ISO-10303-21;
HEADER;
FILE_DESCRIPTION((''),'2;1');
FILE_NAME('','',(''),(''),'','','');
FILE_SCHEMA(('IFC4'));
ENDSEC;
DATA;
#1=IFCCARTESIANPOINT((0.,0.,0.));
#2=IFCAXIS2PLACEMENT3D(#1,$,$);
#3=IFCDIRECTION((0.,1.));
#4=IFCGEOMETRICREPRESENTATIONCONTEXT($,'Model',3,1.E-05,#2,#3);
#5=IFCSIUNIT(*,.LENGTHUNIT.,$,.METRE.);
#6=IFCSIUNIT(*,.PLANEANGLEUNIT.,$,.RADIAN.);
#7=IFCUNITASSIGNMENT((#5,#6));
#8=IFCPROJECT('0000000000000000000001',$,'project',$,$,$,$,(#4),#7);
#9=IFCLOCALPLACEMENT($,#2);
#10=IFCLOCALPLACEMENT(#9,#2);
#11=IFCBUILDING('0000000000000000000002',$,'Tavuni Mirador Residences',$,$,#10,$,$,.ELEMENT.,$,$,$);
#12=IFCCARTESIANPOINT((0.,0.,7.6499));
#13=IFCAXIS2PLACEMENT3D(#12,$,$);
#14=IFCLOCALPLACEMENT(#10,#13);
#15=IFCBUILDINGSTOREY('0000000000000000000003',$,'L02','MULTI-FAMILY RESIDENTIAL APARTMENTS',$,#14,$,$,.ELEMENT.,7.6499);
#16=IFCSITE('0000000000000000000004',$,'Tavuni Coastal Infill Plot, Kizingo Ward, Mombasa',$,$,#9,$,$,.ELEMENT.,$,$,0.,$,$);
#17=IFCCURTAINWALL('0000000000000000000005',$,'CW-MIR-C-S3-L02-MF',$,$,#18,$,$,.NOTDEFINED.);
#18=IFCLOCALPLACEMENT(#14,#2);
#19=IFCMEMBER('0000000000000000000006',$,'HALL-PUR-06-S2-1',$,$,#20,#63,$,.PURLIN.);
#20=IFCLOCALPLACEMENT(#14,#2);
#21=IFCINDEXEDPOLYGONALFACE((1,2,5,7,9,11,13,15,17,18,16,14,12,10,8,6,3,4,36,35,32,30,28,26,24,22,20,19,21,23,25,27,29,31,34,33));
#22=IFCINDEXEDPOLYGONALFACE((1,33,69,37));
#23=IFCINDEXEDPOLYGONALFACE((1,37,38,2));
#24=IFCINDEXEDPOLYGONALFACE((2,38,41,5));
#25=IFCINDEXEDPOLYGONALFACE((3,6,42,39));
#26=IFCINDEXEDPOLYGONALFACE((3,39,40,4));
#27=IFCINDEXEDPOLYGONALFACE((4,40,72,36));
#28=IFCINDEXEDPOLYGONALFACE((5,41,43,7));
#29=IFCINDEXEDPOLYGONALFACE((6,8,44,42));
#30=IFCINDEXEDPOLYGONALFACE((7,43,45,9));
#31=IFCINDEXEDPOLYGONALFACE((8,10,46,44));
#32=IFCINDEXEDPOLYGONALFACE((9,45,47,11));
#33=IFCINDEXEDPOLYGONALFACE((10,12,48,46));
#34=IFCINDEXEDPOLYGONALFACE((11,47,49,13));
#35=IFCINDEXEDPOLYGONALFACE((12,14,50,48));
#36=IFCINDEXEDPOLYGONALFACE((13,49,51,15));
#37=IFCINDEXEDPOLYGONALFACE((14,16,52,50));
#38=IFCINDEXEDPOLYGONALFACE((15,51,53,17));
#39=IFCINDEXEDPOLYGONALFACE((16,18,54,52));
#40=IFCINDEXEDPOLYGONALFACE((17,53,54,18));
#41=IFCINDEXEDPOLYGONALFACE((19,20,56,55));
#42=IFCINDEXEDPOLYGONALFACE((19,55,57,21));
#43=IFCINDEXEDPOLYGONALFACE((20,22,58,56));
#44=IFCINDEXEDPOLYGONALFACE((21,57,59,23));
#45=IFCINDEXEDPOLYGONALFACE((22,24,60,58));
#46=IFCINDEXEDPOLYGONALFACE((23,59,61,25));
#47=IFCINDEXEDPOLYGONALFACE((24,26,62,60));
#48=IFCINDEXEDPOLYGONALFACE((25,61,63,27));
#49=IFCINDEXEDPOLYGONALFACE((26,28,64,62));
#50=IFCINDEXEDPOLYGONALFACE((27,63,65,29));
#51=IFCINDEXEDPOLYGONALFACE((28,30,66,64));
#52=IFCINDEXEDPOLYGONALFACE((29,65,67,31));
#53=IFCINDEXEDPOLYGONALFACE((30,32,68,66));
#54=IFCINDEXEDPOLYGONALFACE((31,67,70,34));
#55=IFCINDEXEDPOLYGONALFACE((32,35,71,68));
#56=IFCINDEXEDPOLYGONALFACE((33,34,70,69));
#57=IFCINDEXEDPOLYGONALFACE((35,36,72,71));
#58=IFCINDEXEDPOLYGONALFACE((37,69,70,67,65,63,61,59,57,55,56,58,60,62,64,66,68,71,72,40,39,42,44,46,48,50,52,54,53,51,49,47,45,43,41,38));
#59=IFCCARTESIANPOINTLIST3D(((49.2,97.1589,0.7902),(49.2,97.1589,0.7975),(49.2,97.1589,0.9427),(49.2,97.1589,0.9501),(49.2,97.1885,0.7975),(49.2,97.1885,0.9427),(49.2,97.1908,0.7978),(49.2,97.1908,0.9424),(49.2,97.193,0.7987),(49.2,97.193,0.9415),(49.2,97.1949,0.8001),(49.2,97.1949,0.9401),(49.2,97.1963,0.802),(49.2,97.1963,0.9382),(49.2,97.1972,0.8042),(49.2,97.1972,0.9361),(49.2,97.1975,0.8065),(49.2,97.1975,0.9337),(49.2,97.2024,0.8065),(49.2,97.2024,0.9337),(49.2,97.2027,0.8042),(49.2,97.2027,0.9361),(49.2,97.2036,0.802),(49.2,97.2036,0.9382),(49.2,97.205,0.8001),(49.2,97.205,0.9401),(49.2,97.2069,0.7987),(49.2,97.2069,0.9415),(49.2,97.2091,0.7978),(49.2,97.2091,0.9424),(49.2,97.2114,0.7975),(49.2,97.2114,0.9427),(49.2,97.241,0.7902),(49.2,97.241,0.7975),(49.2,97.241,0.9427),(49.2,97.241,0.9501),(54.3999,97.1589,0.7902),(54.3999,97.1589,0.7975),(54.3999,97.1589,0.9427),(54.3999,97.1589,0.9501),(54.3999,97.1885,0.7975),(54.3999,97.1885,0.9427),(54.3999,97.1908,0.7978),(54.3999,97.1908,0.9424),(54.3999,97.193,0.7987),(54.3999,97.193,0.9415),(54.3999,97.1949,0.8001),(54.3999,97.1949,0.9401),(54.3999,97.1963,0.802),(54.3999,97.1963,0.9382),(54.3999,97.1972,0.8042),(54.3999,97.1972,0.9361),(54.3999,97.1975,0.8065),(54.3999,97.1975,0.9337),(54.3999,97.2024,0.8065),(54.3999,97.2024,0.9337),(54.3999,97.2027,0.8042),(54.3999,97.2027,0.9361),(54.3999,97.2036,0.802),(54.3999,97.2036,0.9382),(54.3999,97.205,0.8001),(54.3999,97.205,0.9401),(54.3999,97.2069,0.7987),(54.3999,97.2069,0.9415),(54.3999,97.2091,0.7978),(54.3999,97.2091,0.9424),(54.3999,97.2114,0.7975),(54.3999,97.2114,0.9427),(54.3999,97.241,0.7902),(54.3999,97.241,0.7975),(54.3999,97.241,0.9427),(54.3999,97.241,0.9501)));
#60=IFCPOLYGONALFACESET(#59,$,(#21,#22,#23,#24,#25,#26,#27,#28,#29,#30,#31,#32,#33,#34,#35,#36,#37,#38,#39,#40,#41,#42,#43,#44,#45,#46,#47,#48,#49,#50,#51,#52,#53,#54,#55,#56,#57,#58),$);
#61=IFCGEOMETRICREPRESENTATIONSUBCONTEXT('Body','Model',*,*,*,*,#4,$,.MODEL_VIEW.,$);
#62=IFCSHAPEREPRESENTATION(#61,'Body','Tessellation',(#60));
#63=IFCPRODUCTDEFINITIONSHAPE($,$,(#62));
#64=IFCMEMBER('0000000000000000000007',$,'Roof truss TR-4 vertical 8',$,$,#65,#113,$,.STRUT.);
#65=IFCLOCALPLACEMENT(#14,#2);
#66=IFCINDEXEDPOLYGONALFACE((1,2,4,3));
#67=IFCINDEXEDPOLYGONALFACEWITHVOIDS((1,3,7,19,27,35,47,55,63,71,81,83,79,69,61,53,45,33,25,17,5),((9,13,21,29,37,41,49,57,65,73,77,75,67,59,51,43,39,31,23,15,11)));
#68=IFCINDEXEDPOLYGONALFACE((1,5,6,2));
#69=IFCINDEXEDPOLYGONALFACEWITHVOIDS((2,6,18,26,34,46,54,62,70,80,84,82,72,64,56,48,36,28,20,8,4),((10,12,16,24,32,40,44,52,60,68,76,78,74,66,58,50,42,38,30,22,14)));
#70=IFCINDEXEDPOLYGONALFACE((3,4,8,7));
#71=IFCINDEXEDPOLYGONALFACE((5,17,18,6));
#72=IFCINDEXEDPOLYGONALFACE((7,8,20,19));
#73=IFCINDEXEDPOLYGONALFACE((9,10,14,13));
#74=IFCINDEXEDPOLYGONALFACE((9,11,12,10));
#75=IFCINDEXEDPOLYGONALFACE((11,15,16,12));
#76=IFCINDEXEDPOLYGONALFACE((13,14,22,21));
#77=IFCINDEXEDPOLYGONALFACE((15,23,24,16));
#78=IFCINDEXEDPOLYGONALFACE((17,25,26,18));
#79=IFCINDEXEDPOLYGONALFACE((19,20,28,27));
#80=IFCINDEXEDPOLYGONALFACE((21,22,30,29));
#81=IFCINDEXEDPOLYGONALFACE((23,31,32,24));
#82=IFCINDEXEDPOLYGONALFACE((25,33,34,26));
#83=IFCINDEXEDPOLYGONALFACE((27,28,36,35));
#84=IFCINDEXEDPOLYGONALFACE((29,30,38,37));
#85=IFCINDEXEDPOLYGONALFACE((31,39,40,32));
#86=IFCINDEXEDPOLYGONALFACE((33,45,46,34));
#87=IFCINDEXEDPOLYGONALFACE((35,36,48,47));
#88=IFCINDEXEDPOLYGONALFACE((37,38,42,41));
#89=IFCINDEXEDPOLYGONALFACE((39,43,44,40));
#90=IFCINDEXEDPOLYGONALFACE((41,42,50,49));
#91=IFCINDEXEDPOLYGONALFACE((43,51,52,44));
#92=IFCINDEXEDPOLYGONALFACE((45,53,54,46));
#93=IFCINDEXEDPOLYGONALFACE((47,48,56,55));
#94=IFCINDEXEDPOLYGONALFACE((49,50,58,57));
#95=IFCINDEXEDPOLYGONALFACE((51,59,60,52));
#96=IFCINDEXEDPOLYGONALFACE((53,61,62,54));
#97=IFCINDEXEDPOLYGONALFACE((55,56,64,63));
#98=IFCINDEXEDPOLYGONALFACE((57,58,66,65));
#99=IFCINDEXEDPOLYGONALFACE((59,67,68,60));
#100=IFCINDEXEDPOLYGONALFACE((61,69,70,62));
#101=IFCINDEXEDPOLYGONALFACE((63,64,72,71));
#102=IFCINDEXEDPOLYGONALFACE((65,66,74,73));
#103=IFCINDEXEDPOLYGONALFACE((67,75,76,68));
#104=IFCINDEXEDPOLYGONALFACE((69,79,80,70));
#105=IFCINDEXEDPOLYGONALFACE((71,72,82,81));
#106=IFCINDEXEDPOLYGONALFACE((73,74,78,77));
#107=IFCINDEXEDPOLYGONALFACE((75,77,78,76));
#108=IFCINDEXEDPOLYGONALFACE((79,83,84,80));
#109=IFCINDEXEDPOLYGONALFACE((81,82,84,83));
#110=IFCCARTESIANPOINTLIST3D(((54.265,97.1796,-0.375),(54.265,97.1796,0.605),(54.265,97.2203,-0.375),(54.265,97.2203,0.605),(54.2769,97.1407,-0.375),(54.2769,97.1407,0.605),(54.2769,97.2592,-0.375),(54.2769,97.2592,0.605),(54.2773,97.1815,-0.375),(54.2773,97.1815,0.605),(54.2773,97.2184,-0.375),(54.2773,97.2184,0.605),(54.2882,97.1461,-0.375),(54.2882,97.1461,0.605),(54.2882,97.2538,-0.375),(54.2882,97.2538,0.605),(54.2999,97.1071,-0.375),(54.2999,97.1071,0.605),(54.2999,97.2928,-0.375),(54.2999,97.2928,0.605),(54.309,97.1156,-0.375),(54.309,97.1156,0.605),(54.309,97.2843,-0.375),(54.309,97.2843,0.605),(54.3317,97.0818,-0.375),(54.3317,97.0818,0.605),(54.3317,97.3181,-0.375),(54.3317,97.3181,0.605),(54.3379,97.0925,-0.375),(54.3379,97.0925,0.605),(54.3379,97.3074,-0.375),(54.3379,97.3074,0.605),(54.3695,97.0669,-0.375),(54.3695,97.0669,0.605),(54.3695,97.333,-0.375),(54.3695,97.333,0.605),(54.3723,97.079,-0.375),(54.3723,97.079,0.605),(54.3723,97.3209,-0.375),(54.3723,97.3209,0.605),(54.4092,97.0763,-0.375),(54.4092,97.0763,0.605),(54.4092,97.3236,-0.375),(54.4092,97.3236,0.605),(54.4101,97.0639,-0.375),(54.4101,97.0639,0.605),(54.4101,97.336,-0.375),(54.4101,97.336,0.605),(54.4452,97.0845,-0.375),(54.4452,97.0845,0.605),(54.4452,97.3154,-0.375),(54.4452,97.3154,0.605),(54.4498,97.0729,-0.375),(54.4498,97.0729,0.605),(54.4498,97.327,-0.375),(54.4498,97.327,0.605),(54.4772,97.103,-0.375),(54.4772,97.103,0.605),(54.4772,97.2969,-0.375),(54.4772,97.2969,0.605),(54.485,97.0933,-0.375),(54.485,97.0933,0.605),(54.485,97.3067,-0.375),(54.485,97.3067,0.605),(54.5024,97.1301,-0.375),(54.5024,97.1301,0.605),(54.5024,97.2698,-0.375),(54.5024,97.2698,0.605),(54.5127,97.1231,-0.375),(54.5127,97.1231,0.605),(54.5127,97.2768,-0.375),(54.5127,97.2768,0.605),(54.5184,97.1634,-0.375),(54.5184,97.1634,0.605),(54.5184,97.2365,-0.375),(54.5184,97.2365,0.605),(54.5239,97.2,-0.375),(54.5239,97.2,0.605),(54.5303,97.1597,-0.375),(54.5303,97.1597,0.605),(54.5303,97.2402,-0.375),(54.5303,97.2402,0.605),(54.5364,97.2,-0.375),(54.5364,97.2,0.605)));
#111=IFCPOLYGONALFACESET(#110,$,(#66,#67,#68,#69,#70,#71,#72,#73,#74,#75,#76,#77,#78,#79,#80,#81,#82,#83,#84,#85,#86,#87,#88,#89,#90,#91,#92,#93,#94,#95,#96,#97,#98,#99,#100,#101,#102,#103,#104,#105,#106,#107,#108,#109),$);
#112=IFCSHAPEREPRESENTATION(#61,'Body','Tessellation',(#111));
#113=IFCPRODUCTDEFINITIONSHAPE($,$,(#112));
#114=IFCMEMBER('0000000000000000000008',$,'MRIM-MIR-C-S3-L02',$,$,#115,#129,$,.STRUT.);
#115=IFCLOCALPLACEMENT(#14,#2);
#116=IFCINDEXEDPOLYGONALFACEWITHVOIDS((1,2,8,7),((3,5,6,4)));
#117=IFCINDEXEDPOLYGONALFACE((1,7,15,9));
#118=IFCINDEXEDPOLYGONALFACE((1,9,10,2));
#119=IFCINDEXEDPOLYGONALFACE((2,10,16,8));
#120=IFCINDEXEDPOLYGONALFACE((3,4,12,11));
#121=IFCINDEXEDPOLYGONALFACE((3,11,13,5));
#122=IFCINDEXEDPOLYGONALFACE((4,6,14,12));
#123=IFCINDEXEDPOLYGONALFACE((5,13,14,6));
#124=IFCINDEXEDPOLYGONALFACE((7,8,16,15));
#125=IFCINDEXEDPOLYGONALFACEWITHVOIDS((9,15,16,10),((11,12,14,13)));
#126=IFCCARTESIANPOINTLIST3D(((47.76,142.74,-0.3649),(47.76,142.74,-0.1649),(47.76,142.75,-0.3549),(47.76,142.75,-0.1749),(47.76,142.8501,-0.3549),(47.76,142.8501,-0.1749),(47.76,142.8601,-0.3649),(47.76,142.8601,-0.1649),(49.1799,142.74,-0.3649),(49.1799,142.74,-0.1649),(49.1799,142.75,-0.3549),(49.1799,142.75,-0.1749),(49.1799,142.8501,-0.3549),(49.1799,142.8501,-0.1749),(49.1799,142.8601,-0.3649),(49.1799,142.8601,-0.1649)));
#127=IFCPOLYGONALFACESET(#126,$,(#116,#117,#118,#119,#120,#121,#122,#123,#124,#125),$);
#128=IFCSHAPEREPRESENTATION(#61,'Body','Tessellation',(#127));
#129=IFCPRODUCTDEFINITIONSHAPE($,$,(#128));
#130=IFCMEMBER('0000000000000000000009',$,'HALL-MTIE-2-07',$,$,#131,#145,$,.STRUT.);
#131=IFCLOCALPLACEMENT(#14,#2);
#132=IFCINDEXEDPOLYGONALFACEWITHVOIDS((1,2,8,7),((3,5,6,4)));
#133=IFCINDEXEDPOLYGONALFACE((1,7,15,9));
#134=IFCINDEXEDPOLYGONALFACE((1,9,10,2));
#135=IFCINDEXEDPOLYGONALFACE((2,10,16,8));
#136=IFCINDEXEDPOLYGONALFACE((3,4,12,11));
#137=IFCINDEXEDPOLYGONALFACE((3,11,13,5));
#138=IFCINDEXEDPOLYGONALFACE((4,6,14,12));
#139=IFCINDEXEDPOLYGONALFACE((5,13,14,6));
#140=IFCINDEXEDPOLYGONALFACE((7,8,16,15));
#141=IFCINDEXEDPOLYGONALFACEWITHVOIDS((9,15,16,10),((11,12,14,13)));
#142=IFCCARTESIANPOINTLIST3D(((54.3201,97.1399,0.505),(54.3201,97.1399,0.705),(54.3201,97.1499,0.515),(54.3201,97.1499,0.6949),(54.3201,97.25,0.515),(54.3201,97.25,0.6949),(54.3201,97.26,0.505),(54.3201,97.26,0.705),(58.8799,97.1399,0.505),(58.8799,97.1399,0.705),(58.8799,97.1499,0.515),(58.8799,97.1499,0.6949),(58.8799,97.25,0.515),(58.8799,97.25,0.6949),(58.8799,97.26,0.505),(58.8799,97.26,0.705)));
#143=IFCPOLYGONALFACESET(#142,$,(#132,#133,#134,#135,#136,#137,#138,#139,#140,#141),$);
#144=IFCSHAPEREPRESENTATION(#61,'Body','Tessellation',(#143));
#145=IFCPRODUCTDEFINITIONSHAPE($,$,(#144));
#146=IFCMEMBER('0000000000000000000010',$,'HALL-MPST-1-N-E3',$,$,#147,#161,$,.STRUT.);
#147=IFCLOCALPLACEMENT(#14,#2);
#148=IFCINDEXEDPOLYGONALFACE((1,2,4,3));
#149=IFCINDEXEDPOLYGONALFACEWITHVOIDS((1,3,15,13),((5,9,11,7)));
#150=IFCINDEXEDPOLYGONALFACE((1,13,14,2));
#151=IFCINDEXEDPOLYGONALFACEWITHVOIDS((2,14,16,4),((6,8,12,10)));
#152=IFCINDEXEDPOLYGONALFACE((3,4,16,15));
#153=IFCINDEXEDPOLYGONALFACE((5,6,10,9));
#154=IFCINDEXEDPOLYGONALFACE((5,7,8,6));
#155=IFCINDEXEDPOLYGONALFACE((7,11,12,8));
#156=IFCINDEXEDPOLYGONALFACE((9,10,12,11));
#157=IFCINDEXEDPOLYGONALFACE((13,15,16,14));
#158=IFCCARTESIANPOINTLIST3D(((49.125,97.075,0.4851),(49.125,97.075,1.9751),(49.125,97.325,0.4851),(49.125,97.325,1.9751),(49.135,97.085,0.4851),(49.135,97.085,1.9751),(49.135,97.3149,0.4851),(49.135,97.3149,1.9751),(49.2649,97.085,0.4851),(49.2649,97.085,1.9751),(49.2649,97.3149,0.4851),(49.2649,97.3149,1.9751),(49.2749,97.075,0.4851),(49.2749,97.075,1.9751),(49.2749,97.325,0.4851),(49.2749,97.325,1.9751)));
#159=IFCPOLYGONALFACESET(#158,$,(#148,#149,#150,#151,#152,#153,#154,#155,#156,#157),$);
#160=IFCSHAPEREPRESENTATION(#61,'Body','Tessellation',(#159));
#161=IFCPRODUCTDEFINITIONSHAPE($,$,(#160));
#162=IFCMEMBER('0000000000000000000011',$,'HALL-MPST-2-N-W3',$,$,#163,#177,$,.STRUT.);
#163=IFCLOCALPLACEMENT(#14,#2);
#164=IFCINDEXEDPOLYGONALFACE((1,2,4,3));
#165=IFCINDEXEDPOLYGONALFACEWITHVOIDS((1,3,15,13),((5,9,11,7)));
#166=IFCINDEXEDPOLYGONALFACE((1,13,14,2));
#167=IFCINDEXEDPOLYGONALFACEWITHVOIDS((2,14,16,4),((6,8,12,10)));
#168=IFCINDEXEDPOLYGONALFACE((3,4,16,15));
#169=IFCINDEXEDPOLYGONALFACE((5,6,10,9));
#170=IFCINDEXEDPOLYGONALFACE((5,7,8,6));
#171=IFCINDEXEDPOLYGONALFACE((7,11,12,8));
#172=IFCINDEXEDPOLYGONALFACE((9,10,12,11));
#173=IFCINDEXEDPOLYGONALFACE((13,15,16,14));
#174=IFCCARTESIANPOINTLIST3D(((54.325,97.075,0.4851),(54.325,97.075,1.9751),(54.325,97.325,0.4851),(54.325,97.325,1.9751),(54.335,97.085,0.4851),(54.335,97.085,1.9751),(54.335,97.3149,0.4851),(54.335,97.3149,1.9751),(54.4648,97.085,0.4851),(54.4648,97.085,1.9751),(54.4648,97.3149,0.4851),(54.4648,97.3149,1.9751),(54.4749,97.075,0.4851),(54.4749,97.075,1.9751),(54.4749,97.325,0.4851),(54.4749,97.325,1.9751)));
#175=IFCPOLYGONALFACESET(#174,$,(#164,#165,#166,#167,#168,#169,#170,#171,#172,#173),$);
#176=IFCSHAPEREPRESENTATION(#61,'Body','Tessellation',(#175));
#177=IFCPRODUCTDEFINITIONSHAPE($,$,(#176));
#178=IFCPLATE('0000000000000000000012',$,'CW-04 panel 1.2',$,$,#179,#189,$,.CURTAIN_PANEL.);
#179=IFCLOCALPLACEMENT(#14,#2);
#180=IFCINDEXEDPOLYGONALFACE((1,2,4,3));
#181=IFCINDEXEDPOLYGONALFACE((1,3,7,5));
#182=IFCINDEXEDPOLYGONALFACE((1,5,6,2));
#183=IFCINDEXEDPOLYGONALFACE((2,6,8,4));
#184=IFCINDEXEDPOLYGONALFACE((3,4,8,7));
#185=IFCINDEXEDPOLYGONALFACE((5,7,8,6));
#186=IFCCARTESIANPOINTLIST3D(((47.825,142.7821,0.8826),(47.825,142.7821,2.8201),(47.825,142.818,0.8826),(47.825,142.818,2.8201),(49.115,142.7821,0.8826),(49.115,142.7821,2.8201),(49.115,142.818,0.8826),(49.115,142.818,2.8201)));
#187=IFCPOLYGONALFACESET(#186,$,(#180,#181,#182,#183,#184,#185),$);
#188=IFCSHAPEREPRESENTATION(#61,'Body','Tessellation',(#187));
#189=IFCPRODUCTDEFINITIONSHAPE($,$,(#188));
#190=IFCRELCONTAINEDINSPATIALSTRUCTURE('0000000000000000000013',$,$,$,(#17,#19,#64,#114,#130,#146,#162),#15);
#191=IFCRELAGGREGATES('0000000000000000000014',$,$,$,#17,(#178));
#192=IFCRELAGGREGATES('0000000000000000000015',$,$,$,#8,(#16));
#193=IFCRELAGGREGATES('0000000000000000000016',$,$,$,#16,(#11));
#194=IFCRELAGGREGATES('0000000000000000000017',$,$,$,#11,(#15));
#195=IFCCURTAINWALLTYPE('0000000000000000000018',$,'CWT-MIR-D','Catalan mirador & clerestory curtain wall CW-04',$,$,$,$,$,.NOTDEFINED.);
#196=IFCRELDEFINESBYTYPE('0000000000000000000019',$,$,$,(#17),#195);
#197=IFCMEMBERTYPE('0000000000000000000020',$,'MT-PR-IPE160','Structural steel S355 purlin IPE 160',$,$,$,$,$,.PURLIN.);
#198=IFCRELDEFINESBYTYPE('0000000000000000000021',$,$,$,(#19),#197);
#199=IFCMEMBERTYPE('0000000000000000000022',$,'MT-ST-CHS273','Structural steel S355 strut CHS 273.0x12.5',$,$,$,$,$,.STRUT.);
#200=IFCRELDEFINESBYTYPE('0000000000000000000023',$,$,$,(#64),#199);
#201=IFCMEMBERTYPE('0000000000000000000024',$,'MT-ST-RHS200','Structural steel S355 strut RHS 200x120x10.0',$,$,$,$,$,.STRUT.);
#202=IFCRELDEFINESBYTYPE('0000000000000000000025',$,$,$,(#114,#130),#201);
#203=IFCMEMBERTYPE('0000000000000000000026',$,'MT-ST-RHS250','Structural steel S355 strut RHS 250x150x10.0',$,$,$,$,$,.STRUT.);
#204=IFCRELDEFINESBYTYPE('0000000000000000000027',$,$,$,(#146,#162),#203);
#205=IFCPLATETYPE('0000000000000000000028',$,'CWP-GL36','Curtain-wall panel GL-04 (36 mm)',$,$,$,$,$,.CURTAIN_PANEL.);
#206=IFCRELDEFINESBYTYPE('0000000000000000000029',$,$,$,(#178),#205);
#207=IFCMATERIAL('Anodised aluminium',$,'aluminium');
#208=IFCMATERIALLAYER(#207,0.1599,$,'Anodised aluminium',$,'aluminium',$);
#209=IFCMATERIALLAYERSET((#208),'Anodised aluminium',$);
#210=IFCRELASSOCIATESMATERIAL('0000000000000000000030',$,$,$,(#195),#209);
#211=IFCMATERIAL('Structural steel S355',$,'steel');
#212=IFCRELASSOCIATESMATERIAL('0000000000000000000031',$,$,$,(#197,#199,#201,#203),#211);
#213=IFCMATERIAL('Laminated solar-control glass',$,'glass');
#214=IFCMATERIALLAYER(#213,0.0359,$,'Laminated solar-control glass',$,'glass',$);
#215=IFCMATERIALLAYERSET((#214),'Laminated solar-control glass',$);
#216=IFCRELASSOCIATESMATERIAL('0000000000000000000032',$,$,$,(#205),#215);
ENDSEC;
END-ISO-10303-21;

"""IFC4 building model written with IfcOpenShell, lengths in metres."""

from ifc_helpers import new_model, si_unit, direction, frame, origin, origin_2d, place, context, subcontext, project, spatial, rectangle, hollow_rectangle, hollow_circle, i_section, extrude, material, layer, layer_set, material_profile, profile_set, type_object, element, aggregate, save


model = new_model("IFC4")

# Units and contexts
model_context = context("Model", 3, precision=1e-05, world=origin(), true_north=direction((0.0, 1.0)))
body_context = subcontext(model_context, "Body", "Model", "MODEL_VIEW")
ifc_project = project(units=[si_unit("LENGTHUNIT", "METRE"), si_unit("PLANEANGLEUNIT", "RADIAN")], contexts=[model_context])

# Site, building, storey
site_placement = place(None, origin())
site = spatial("IfcSite", under=ifc_project, at=site_placement, Name="Tavuni Coastal Infill Plot, Kizingo Ward, Mombasa", CompositionType="ELEMENT", RefElevation=0.0)
building_placement = place(site_placement, origin())
building = spatial("IfcBuilding", under=site, at=building_placement, Name="Tavuni Mirador Residences", CompositionType="ELEMENT")
storey_placement = place(building_placement, frame((0.0, 0.0, 7.6499)))
storey = spatial("IfcBuildingStorey", under=building, at=storey_placement, Name="L02", Description="MULTI-FAMILY RESIDENTIAL APARTMENTS", CompositionType="ELEMENT", Elevation=7.6499)

# Shared definitions
ifc_material_1 = material(Name="Structural steel S355", Category="steel")

# Shared definitions
ifc_material_2 = material(Name="Anodised aluminium", Category="aluminium")

# Curtain wall
ifc_layer_1 = layer(ifc_material_2, 0.1599, Name="Anodised aluminium", Category="aluminium")
ifc_layer_set_1 = layer_set([ifc_layer_1], Name="Anodised aluminium")
curtain_wall_type_1 = type_object("IfcCurtainWallType", Name="CWT-MIR-D", Description="Catalan mirador & clerestory curtain wall CW-04", PredefinedType="NOTDEFINED", material=ifc_layer_set_1)
curtain_wall_1_placement = place(storey_placement, origin())
curtain_wall_1 = element("IfcCurtainWall", 1, at=curtain_wall_1_placement, inside=storey, type_object=curtain_wall_type_1, Name="CW-MIR-C-S3-L02-MF", PredefinedType="NOTDEFINED")

# Members
ifc_material_profile_1 = material_profile(ifc_material_1, i_section(OverallWidth=0.082, OverallDepth=0.1599, WebThickness=0.0049, FlangeThickness=0.0073, FilletRadius=0.009, at=origin_2d()), Name="IPE 160", Category="steel")
ifc_profile_set_1 = profile_set([ifc_material_profile_1], Name="Structural steel S355")
member_type_1 = type_object("IfcMemberType", Name="MT-PR-IPE160", Description="Structural steel S355 purlin IPE 160", PredefinedType="PURLIN", material=ifc_profile_set_1)
member_1_placement = place(storey_placement, frame((49.2, 97.2, 0.8701), z_axis=(1.0, 0.0, 0.0), x_axis=(0.0, 1.0, 0.0)))
element("IfcMember", 2, at=member_1_placement, inside=storey, type_object=member_type_1, Name="HALL-PUR-06-S2-1", PredefinedType="PURLIN", context=body_context, shape_type="SweptSolid", body=[
    extrude(i_section(OverallWidth=0.082, OverallDepth=0.1599, WebThickness=0.0049, FlangeThickness=0.0073, FilletRadius=0.009, at=origin_2d()), origin(), (0.0, 0.0, 1.0), 5.2),
])
ifc_material_profile_2 = material_profile(ifc_material_1, hollow_circle(Radius=0.1365, WallThickness=0.0125, at=origin_2d()), Name="CHS 273.0x12.5", Category="steel")
ifc_profile_set_2 = profile_set([ifc_material_profile_2], Name="Structural steel S355")
member_type_2 = type_object("IfcMemberType", Name="MT-ST-CHS273", Description="Structural steel S355 strut CHS 273.0x12.5", PredefinedType="STRUT", material=ifc_profile_set_2)
member_2_placement = place(storey_placement, frame((54.3999, 97.2, -0.375), z_axis=(0.0, 0.0, 1.0), x_axis=(1.0, 0.0, 0.0)))
element("IfcMember", 3, at=member_2_placement, inside=storey, type_object=member_type_2, Name="Roof truss TR-4 vertical 8", PredefinedType="STRUT", context=body_context, shape_type="SweptSolid", body=[
    extrude(hollow_circle(Radius=0.1365, WallThickness=0.0125, at=origin_2d()), origin(), (0.0, 0.0, 1.0), 0.98),
])
ifc_material_profile_3 = material_profile(ifc_material_1, hollow_rectangle(XDim=0.1201, YDim=0.2, WallThickness=0.01, at=origin_2d()), Name="RHS 200x120x10.0", Category="steel")
ifc_profile_set_3 = profile_set([ifc_material_profile_3], Name="Structural steel S355")
member_type_3 = type_object("IfcMemberType", Name="MT-ST-RHS200", Description="Structural steel S355 strut RHS 200x120x10.0", PredefinedType="STRUT", material=ifc_profile_set_3)
member_3_placement = place(storey_placement, frame((47.76, 142.8, -0.2649), z_axis=(1.0, 0.0, 0.0), x_axis=(0.0, 1.0, 0.0)))
element("IfcMember", 4, at=member_3_placement, inside=storey, type_object=member_type_3, Name="MRIM-MIR-C-S3-L02", PredefinedType="STRUT", context=body_context, shape_type="SweptSolid", body=[
    extrude(hollow_rectangle(XDim=0.1201, YDim=0.2, WallThickness=0.01, at=origin_2d()), origin(), (0.0, 0.0, 1.0), 1.4199),
])
member_4_placement = place(storey_placement, frame((54.3201, 97.2, 0.605), z_axis=(1.0, 0.0, 0.0), x_axis=(0.0, 1.0, 0.0)))
element("IfcMember", 5, at=member_4_placement, inside=storey, type_object=member_type_3, Name="HALL-MTIE-2-07", PredefinedType="STRUT", context=body_context, shape_type="SweptSolid", body=[
    extrude(hollow_rectangle(XDim=0.1201, YDim=0.2, WallThickness=0.01, at=origin_2d()), origin(), (0.0, 0.0, 1.0), 4.5598),
])
ifc_material_profile_4 = material_profile(ifc_material_1, hollow_rectangle(XDim=0.1499, YDim=0.25, WallThickness=0.01, at=origin_2d()), Name="RHS 250x150x10.0", Category="steel")
ifc_profile_set_4 = profile_set([ifc_material_profile_4], Name="Structural steel S355")
member_type_4 = type_object("IfcMemberType", Name="MT-ST-RHS250", Description="Structural steel S355 strut RHS 250x150x10.0", PredefinedType="STRUT", material=ifc_profile_set_4)
for number, where, z_axis, x_axis, name in (
    (6, (49.2, 97.2, 0.4851), (0.0, 0.0, 1.0), (1.0, 0.0, 0.0), "HALL-MPST-1-N-E3"),
    (7, (54.3999, 97.2, 0.4851), (0.0, 0.0, 1.0), (1.0, 0.0, 0.0), "HALL-MPST-2-N-W3"),
):
    element("IfcMember", number, at=place(storey_placement, frame(where, z_axis=z_axis, x_axis=x_axis)), inside=storey, type_object=member_type_4, Name=name, PredefinedType="STRUT", context=body_context, shape_type="SweptSolid", body=[
        extrude(hollow_rectangle(XDim=0.1499, YDim=0.25, WallThickness=0.01, at=origin_2d()), origin(), (0.0, 0.0, 1.0), 1.49),
    ])

# Plate
ifc_material_3 = material(Name="Laminated solar-control glass", Category="glass")
ifc_layer_2 = layer(ifc_material_3, 0.0359, Name="Laminated solar-control glass", Category="glass")
ifc_layer_set_2 = layer_set([ifc_layer_2], Name="Laminated solar-control glass")
plate_type_1 = type_object("IfcPlateType", Name="CWP-GL36", Description="Curtain-wall panel GL-04 (36 mm)", PredefinedType="CURTAIN_PANEL", material=ifc_layer_set_2)
plate_1_placement = place(storey_placement, frame((48.47, 142.8, 0.8826), z_axis=(0.0, 0.0, 1.0), x_axis=(1.0, 0.0, 0.0)))
plate_1 = element("IfcPlate", 8, at=plate_1_placement, type_object=plate_type_1, Name="CW-04 panel 1.2", PredefinedType="CURTAIN_PANEL", context=body_context, shape_type="SweptSolid", body=[
    extrude(rectangle(XDim=1.29, YDim=0.0359, at=origin_2d()), origin(), (0.0, 0.0, 1.0), 1.9375),
])
aggregate(curtain_wall_1, [plate_1])

save(model, "model.ifc")
